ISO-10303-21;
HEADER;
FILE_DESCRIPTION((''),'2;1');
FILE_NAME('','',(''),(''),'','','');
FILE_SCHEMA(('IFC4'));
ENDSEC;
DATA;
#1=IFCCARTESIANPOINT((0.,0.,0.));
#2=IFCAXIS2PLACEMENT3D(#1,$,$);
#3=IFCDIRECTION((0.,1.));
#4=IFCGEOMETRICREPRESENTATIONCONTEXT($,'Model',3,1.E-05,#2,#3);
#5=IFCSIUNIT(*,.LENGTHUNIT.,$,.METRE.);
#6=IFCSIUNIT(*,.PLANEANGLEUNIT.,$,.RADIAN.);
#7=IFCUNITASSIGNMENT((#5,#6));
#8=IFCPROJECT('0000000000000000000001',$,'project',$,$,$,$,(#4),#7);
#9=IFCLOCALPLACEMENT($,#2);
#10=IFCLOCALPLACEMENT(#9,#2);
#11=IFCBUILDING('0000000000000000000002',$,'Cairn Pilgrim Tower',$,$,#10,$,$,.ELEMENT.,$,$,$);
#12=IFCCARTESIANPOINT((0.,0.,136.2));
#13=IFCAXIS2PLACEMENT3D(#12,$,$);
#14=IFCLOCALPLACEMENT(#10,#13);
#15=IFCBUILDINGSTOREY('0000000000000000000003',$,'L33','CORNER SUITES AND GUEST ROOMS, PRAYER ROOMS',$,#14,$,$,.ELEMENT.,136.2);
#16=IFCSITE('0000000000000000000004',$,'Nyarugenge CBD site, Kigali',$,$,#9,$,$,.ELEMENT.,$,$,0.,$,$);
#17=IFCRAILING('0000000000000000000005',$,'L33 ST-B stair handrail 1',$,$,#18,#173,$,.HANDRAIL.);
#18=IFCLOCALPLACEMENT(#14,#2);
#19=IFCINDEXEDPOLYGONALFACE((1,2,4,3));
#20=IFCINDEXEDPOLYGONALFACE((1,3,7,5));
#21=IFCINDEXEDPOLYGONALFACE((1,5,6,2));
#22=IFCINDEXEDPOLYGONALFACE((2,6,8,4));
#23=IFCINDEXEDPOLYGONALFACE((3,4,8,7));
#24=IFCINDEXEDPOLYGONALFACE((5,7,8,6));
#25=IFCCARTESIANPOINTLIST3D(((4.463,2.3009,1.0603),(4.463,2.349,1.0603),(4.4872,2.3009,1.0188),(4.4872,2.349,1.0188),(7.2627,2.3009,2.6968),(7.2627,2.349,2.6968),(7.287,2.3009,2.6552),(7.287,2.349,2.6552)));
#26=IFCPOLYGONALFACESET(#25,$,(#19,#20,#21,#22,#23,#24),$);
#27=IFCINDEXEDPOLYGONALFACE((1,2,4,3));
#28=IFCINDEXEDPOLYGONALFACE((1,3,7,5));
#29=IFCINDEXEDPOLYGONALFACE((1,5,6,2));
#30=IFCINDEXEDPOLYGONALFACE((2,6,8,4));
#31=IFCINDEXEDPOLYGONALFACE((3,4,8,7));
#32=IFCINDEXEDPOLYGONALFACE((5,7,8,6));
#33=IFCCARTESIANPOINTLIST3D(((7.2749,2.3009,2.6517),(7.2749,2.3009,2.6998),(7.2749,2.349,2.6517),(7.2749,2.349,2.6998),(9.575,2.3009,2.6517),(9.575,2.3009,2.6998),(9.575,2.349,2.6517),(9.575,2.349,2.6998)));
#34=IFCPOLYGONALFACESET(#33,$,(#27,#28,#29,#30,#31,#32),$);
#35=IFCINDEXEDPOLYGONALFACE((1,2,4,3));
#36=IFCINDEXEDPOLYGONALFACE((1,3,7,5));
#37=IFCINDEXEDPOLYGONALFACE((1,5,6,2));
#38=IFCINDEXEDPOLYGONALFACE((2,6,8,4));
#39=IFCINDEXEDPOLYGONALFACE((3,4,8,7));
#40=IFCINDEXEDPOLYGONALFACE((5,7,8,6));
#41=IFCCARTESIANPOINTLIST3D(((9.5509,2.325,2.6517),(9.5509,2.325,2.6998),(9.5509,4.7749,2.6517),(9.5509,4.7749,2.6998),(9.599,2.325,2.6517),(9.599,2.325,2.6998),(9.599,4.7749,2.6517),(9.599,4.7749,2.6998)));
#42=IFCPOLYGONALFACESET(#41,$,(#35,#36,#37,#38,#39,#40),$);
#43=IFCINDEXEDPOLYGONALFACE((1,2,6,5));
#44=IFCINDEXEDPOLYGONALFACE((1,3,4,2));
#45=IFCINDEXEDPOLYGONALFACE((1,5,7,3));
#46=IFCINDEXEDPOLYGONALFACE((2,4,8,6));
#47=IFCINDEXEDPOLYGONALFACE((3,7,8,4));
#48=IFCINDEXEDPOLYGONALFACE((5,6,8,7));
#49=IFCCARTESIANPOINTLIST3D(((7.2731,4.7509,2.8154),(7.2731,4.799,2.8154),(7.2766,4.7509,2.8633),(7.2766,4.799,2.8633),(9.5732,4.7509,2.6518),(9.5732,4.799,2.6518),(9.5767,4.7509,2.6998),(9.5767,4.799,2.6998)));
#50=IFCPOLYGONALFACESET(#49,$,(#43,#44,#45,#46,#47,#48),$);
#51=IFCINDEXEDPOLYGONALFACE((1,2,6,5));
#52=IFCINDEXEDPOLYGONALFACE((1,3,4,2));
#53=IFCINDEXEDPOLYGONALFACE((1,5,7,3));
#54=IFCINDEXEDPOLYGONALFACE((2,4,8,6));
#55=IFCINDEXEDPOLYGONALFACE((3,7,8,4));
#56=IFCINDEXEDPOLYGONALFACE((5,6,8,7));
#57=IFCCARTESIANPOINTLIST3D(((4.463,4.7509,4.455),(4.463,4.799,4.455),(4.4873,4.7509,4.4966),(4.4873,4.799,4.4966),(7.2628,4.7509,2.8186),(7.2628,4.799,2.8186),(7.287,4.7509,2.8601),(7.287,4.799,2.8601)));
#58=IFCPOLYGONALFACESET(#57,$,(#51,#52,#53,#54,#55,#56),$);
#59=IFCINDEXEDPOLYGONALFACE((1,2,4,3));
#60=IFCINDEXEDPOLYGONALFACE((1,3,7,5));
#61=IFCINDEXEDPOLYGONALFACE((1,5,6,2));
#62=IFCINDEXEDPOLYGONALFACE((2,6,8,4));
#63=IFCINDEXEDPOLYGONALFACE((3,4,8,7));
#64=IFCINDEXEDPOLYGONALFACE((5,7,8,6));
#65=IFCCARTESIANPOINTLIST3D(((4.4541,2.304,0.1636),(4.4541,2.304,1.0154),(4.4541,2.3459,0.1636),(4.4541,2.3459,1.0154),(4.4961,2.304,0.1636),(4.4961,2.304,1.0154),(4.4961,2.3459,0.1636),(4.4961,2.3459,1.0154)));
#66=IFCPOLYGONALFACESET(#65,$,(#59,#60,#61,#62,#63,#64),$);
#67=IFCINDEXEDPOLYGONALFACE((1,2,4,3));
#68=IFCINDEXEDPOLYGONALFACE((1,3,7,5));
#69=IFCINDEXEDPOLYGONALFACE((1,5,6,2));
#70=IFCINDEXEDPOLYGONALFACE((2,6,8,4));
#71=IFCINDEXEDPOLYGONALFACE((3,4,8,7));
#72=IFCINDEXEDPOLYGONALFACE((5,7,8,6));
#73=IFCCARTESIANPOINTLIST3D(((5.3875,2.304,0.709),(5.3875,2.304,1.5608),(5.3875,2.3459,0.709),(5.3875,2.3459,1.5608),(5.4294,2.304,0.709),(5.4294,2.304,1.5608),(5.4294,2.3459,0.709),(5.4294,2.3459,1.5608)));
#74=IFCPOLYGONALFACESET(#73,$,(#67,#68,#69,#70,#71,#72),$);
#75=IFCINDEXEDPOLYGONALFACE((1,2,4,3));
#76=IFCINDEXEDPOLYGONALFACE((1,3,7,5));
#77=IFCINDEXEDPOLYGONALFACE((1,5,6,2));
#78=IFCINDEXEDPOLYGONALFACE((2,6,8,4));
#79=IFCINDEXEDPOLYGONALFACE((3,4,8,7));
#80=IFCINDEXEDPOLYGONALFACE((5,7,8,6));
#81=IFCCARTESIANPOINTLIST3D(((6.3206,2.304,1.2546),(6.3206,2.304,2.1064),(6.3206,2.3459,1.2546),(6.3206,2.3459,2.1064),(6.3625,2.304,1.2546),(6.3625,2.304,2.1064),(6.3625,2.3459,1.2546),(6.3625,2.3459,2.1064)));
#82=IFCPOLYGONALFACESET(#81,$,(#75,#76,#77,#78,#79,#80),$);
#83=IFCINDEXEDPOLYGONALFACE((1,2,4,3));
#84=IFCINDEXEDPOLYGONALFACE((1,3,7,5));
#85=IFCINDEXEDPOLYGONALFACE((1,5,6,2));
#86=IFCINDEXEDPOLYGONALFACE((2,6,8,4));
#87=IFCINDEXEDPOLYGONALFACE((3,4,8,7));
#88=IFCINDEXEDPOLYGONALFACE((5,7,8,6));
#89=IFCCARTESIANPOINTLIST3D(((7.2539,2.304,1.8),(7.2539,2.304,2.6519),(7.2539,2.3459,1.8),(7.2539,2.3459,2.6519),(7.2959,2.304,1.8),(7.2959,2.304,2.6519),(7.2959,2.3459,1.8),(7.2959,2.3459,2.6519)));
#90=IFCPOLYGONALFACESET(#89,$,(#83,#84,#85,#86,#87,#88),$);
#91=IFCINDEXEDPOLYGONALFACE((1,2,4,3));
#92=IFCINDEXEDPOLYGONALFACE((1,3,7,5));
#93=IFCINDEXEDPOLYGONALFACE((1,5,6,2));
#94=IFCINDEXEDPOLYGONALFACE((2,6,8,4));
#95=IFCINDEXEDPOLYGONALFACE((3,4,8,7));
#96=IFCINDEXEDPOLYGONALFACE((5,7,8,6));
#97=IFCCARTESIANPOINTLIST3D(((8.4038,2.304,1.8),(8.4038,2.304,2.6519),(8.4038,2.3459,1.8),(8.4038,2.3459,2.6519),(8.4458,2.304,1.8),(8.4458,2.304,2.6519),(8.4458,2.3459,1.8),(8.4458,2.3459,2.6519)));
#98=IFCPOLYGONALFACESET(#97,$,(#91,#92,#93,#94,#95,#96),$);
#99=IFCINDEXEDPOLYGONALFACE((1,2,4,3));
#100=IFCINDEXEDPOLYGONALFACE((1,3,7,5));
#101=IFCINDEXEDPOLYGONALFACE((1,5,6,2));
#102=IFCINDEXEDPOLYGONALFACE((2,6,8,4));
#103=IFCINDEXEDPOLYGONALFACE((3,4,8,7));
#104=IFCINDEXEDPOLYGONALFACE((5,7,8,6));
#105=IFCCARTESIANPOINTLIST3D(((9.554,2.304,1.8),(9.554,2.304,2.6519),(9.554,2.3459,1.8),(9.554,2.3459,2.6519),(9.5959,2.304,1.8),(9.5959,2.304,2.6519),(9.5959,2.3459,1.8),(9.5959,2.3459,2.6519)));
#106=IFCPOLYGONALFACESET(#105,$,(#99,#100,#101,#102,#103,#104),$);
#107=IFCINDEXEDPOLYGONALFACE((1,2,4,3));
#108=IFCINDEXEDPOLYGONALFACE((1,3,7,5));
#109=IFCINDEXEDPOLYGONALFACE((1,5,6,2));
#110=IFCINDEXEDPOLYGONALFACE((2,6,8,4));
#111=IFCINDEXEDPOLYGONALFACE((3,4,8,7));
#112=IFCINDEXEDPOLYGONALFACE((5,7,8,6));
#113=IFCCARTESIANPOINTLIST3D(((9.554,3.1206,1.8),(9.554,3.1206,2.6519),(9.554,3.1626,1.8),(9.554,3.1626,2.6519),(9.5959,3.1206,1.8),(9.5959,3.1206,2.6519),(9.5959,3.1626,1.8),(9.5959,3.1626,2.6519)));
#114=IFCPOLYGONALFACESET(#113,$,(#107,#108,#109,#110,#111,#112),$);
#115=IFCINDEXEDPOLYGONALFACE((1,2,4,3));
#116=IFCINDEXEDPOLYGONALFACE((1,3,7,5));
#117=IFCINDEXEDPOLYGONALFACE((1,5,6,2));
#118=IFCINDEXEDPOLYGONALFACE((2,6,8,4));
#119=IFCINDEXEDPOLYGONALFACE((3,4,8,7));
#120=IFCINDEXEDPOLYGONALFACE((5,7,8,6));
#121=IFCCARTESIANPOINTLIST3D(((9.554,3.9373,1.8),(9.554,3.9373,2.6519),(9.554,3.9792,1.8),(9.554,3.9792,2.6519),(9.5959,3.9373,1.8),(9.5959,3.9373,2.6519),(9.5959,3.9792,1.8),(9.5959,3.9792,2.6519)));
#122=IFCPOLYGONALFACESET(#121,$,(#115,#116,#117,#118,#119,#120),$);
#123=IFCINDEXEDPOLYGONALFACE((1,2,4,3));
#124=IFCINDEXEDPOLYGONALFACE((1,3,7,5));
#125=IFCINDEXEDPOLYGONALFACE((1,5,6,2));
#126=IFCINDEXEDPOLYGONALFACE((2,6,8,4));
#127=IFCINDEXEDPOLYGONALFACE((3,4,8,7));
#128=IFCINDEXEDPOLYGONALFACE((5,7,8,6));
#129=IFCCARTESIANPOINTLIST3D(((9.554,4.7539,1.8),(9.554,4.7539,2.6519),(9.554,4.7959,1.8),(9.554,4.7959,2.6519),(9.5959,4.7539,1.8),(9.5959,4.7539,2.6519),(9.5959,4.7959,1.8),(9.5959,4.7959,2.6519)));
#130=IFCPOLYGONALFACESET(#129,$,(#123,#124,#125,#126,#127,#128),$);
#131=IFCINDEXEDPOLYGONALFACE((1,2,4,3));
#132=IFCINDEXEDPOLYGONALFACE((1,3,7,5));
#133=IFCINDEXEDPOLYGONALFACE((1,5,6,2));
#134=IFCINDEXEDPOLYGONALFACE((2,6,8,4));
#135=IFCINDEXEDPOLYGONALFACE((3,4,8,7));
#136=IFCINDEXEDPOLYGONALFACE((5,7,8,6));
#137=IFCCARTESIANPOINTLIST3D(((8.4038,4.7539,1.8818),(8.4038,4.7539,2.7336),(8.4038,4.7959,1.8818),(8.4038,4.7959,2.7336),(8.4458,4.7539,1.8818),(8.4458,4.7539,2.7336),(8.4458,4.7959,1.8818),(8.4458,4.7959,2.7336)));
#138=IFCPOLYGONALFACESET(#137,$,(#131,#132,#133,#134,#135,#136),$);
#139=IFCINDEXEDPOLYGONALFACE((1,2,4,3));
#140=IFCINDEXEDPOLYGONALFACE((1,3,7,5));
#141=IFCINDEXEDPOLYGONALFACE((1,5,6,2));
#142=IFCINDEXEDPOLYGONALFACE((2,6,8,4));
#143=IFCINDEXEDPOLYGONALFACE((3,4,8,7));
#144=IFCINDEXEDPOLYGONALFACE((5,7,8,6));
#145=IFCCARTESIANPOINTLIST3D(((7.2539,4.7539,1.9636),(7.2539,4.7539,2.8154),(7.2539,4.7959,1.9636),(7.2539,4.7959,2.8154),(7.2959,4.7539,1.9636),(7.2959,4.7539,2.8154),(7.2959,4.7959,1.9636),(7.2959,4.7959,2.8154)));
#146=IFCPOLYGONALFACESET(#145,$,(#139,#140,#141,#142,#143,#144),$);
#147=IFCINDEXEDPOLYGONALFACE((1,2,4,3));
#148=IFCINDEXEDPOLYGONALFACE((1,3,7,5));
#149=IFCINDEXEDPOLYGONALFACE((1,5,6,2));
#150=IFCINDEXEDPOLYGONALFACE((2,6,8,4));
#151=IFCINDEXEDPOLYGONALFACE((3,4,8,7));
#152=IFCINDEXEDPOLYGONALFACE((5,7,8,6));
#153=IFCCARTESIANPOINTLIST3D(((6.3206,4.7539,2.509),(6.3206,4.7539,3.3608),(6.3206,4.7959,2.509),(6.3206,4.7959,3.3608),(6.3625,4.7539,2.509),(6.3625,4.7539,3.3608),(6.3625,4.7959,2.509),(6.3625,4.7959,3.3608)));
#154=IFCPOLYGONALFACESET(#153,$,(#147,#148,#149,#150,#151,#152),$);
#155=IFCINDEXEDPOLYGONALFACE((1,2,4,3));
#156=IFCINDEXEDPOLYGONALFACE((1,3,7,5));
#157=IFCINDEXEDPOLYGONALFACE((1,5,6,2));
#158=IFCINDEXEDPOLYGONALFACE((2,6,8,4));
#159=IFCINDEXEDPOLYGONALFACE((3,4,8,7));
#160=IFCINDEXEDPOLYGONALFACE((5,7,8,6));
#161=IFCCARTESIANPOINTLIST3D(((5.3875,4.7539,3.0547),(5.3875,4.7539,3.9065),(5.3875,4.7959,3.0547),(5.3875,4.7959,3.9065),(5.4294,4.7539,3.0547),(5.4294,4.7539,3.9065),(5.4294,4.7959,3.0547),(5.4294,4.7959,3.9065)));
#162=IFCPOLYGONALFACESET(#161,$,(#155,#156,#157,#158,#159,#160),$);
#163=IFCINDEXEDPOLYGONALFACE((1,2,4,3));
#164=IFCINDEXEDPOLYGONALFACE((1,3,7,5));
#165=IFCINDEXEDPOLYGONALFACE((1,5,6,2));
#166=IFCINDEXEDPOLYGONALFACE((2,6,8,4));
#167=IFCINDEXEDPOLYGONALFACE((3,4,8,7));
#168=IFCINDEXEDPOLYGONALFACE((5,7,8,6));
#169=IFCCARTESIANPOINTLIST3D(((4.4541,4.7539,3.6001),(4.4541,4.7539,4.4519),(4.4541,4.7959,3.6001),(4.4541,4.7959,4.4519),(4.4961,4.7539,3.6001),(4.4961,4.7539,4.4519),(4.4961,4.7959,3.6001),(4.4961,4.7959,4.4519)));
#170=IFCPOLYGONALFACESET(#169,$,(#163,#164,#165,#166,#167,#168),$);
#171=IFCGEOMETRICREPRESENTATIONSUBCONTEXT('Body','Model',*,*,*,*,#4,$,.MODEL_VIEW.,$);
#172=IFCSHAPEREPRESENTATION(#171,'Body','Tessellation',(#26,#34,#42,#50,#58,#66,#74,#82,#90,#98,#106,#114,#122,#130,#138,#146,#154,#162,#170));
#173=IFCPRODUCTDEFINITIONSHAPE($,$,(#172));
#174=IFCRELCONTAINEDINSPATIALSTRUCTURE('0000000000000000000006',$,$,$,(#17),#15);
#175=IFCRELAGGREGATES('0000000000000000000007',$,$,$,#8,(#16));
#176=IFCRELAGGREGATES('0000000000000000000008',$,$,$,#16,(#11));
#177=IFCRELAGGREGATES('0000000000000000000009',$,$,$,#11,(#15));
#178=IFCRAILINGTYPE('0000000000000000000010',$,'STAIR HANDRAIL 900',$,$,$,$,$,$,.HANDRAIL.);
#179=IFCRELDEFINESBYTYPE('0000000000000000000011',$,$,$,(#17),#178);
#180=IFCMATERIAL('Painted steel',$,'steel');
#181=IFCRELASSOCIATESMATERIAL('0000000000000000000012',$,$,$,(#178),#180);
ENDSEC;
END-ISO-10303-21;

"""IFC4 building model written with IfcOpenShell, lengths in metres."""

from ifc_helpers import new_model, si_unit, direction, frame, origin, origin_2d, place, context, subcontext, project, spatial, rectangle, extrude, material, type_object, element, save


model = new_model("IFC4")

# Units and contexts
model_context = context("Model", 3, precision=1e-05, world=origin(), true_north=direction((0.0, 1.0)))
body_context = subcontext(model_context, "Body", "Model", "MODEL_VIEW")
ifc_project = project(units=[si_unit("LENGTHUNIT", "METRE"), si_unit("PLANEANGLEUNIT", "RADIAN")], contexts=[model_context])

# Site, building, storey
site_placement = place(None, origin())
site = spatial("IfcSite", under=ifc_project, at=site_placement, Name="Nyarugenge CBD site, Kigali", CompositionType="ELEMENT", RefElevation=0.0)
building_placement = place(site_placement, origin())
building = spatial("IfcBuilding", under=site, at=building_placement, Name="Cairn Pilgrim Tower", CompositionType="ELEMENT")
storey_placement = place(building_placement, frame((0.0, 0.0, 136.2)))
storey = spatial("IfcBuildingStorey", under=building, at=storey_placement, Name="L33", Description="CORNER SUITES AND GUEST ROOMS, PRAYER ROOMS", CompositionType="ELEMENT", Elevation=136.2)

# Shared definitions
ifc_material_1 = material(Name="Painted steel", Category="steel")

# Railing
railing_type_1 = type_object("IfcRailingType", Name="STAIR HANDRAIL 900", PredefinedType="HANDRAIL", material=ifc_material_1)
railing_1_placement = place(storey_placement, frame((4.4751, 2.325, 0.1636)))
element("IfcRailing", 1, at=railing_1_placement, inside=storey, type_object=railing_type_1, Name="L33 ST-B stair handrail 1", PredefinedType="HANDRAIL", context=body_context, shape_type="SweptSolid", body=[
    extrude(rectangle(XDim=0.0481, YDim=0.0481, at=origin_2d()), frame((0.0, 0.0, 0.876), z_axis=(0.863342, 0.0, 0.50462), x_axis=(0.0, 1.0, 0.0)), (0.0, 0.0, 1.0), 3.2429),
    extrude(rectangle(XDim=0.0481, YDim=0.0481, at=origin_2d()), frame((2.7998, 0.0, 2.5122), z_axis=(1.0, 0.0, 0.0), x_axis=(0.0, 1.0, 0.0)), (0.0, 0.0, 1.0), 2.3),
    extrude(rectangle(XDim=0.0481, YDim=0.0481, at=origin_2d()), frame((5.0999, 0.0, 2.5122), z_axis=(0.0, 1.0, 0.0), x_axis=(-1.0, 0.0, 0.0)), (0.0, 0.0, 1.0), 2.45),
    extrude(rectangle(XDim=0.0481, YDim=0.0481, at=origin_2d()), frame((5.0999, 2.45, 2.5122), z_axis=(-0.997481, 0.0, 0.070939), x_axis=(0.0, -1.0, 0.0)), (0.0, 0.0, 1.0), 2.3059),
    extrude(rectangle(XDim=0.0481, YDim=0.0481, at=origin_2d()), frame((2.7998, 2.45, 2.6758), z_axis=(-0.863342, 0.0, 0.50462), x_axis=(0.0, -1.0, 0.0)), (0.0, 0.0, 1.0), 3.2429),
    extrude(rectangle(XDim=0.042, YDim=0.042, at=origin_2d()), origin(), (0.0, 0.0, 1.0), 0.8518),
    extrude(rectangle(XDim=0.042, YDim=0.042, at=origin_2d()), frame((0.9333, 0.0, 0.5454)), (0.0, 0.0, 1.0), 0.8518),
    extrude(rectangle(XDim=0.042, YDim=0.042, at=origin_2d()), frame((1.8665, 0.0, 1.0911)), (0.0, 0.0, 1.0), 0.8518),
    extrude(rectangle(XDim=0.042, YDim=0.042, at=origin_2d()), frame((2.7998, 0.0, 1.6365)), (0.0, 0.0, 1.0), 0.8518),
    extrude(rectangle(XDim=0.042, YDim=0.042, at=origin_2d()), frame((3.9497, 0.0, 1.6365)), (0.0, 0.0, 1.0), 0.8518),
    extrude(rectangle(XDim=0.042, YDim=0.042, at=origin_2d()), frame((5.0999, 0.0, 1.6365)), (0.0, 0.0, 1.0), 0.8518),
    extrude(rectangle(XDim=0.042, YDim=0.042, at=origin_2d()), frame((5.0999, 0.8167, 1.6365)), (0.0, 0.0, 1.0), 0.8518),
    extrude(rectangle(XDim=0.042, YDim=0.042, at=origin_2d()), frame((5.0999, 1.6333, 1.6365)), (0.0, 0.0, 1.0), 0.8518),
    extrude(rectangle(XDim=0.042, YDim=0.042, at=origin_2d()), frame((5.0999, 2.45, 1.6365)), (0.0, 0.0, 1.0), 0.8518),
    extrude(rectangle(XDim=0.042, YDim=0.042, at=origin_2d()), frame((3.9497, 2.45, 1.7183)), (0.0, 0.0, 1.0), 0.8518),
    extrude(rectangle(XDim=0.042, YDim=0.042, at=origin_2d()), frame((2.7998, 2.45, 1.8)), (0.0, 0.0, 1.0), 0.8518),
    extrude(rectangle(XDim=0.042, YDim=0.042, at=origin_2d()), frame((1.8665, 2.45, 2.3455)), (0.0, 0.0, 1.0), 0.8518),
    extrude(rectangle(XDim=0.042, YDim=0.042, at=origin_2d()), frame((0.9333, 2.45, 2.8911)), (0.0, 0.0, 1.0), 0.8518),
    extrude(rectangle(XDim=0.042, YDim=0.042, at=origin_2d()), frame((0.0, 2.45, 3.4365)), (0.0, 0.0, 1.0), 0.8518),
])

save(model, "model.ifc")
